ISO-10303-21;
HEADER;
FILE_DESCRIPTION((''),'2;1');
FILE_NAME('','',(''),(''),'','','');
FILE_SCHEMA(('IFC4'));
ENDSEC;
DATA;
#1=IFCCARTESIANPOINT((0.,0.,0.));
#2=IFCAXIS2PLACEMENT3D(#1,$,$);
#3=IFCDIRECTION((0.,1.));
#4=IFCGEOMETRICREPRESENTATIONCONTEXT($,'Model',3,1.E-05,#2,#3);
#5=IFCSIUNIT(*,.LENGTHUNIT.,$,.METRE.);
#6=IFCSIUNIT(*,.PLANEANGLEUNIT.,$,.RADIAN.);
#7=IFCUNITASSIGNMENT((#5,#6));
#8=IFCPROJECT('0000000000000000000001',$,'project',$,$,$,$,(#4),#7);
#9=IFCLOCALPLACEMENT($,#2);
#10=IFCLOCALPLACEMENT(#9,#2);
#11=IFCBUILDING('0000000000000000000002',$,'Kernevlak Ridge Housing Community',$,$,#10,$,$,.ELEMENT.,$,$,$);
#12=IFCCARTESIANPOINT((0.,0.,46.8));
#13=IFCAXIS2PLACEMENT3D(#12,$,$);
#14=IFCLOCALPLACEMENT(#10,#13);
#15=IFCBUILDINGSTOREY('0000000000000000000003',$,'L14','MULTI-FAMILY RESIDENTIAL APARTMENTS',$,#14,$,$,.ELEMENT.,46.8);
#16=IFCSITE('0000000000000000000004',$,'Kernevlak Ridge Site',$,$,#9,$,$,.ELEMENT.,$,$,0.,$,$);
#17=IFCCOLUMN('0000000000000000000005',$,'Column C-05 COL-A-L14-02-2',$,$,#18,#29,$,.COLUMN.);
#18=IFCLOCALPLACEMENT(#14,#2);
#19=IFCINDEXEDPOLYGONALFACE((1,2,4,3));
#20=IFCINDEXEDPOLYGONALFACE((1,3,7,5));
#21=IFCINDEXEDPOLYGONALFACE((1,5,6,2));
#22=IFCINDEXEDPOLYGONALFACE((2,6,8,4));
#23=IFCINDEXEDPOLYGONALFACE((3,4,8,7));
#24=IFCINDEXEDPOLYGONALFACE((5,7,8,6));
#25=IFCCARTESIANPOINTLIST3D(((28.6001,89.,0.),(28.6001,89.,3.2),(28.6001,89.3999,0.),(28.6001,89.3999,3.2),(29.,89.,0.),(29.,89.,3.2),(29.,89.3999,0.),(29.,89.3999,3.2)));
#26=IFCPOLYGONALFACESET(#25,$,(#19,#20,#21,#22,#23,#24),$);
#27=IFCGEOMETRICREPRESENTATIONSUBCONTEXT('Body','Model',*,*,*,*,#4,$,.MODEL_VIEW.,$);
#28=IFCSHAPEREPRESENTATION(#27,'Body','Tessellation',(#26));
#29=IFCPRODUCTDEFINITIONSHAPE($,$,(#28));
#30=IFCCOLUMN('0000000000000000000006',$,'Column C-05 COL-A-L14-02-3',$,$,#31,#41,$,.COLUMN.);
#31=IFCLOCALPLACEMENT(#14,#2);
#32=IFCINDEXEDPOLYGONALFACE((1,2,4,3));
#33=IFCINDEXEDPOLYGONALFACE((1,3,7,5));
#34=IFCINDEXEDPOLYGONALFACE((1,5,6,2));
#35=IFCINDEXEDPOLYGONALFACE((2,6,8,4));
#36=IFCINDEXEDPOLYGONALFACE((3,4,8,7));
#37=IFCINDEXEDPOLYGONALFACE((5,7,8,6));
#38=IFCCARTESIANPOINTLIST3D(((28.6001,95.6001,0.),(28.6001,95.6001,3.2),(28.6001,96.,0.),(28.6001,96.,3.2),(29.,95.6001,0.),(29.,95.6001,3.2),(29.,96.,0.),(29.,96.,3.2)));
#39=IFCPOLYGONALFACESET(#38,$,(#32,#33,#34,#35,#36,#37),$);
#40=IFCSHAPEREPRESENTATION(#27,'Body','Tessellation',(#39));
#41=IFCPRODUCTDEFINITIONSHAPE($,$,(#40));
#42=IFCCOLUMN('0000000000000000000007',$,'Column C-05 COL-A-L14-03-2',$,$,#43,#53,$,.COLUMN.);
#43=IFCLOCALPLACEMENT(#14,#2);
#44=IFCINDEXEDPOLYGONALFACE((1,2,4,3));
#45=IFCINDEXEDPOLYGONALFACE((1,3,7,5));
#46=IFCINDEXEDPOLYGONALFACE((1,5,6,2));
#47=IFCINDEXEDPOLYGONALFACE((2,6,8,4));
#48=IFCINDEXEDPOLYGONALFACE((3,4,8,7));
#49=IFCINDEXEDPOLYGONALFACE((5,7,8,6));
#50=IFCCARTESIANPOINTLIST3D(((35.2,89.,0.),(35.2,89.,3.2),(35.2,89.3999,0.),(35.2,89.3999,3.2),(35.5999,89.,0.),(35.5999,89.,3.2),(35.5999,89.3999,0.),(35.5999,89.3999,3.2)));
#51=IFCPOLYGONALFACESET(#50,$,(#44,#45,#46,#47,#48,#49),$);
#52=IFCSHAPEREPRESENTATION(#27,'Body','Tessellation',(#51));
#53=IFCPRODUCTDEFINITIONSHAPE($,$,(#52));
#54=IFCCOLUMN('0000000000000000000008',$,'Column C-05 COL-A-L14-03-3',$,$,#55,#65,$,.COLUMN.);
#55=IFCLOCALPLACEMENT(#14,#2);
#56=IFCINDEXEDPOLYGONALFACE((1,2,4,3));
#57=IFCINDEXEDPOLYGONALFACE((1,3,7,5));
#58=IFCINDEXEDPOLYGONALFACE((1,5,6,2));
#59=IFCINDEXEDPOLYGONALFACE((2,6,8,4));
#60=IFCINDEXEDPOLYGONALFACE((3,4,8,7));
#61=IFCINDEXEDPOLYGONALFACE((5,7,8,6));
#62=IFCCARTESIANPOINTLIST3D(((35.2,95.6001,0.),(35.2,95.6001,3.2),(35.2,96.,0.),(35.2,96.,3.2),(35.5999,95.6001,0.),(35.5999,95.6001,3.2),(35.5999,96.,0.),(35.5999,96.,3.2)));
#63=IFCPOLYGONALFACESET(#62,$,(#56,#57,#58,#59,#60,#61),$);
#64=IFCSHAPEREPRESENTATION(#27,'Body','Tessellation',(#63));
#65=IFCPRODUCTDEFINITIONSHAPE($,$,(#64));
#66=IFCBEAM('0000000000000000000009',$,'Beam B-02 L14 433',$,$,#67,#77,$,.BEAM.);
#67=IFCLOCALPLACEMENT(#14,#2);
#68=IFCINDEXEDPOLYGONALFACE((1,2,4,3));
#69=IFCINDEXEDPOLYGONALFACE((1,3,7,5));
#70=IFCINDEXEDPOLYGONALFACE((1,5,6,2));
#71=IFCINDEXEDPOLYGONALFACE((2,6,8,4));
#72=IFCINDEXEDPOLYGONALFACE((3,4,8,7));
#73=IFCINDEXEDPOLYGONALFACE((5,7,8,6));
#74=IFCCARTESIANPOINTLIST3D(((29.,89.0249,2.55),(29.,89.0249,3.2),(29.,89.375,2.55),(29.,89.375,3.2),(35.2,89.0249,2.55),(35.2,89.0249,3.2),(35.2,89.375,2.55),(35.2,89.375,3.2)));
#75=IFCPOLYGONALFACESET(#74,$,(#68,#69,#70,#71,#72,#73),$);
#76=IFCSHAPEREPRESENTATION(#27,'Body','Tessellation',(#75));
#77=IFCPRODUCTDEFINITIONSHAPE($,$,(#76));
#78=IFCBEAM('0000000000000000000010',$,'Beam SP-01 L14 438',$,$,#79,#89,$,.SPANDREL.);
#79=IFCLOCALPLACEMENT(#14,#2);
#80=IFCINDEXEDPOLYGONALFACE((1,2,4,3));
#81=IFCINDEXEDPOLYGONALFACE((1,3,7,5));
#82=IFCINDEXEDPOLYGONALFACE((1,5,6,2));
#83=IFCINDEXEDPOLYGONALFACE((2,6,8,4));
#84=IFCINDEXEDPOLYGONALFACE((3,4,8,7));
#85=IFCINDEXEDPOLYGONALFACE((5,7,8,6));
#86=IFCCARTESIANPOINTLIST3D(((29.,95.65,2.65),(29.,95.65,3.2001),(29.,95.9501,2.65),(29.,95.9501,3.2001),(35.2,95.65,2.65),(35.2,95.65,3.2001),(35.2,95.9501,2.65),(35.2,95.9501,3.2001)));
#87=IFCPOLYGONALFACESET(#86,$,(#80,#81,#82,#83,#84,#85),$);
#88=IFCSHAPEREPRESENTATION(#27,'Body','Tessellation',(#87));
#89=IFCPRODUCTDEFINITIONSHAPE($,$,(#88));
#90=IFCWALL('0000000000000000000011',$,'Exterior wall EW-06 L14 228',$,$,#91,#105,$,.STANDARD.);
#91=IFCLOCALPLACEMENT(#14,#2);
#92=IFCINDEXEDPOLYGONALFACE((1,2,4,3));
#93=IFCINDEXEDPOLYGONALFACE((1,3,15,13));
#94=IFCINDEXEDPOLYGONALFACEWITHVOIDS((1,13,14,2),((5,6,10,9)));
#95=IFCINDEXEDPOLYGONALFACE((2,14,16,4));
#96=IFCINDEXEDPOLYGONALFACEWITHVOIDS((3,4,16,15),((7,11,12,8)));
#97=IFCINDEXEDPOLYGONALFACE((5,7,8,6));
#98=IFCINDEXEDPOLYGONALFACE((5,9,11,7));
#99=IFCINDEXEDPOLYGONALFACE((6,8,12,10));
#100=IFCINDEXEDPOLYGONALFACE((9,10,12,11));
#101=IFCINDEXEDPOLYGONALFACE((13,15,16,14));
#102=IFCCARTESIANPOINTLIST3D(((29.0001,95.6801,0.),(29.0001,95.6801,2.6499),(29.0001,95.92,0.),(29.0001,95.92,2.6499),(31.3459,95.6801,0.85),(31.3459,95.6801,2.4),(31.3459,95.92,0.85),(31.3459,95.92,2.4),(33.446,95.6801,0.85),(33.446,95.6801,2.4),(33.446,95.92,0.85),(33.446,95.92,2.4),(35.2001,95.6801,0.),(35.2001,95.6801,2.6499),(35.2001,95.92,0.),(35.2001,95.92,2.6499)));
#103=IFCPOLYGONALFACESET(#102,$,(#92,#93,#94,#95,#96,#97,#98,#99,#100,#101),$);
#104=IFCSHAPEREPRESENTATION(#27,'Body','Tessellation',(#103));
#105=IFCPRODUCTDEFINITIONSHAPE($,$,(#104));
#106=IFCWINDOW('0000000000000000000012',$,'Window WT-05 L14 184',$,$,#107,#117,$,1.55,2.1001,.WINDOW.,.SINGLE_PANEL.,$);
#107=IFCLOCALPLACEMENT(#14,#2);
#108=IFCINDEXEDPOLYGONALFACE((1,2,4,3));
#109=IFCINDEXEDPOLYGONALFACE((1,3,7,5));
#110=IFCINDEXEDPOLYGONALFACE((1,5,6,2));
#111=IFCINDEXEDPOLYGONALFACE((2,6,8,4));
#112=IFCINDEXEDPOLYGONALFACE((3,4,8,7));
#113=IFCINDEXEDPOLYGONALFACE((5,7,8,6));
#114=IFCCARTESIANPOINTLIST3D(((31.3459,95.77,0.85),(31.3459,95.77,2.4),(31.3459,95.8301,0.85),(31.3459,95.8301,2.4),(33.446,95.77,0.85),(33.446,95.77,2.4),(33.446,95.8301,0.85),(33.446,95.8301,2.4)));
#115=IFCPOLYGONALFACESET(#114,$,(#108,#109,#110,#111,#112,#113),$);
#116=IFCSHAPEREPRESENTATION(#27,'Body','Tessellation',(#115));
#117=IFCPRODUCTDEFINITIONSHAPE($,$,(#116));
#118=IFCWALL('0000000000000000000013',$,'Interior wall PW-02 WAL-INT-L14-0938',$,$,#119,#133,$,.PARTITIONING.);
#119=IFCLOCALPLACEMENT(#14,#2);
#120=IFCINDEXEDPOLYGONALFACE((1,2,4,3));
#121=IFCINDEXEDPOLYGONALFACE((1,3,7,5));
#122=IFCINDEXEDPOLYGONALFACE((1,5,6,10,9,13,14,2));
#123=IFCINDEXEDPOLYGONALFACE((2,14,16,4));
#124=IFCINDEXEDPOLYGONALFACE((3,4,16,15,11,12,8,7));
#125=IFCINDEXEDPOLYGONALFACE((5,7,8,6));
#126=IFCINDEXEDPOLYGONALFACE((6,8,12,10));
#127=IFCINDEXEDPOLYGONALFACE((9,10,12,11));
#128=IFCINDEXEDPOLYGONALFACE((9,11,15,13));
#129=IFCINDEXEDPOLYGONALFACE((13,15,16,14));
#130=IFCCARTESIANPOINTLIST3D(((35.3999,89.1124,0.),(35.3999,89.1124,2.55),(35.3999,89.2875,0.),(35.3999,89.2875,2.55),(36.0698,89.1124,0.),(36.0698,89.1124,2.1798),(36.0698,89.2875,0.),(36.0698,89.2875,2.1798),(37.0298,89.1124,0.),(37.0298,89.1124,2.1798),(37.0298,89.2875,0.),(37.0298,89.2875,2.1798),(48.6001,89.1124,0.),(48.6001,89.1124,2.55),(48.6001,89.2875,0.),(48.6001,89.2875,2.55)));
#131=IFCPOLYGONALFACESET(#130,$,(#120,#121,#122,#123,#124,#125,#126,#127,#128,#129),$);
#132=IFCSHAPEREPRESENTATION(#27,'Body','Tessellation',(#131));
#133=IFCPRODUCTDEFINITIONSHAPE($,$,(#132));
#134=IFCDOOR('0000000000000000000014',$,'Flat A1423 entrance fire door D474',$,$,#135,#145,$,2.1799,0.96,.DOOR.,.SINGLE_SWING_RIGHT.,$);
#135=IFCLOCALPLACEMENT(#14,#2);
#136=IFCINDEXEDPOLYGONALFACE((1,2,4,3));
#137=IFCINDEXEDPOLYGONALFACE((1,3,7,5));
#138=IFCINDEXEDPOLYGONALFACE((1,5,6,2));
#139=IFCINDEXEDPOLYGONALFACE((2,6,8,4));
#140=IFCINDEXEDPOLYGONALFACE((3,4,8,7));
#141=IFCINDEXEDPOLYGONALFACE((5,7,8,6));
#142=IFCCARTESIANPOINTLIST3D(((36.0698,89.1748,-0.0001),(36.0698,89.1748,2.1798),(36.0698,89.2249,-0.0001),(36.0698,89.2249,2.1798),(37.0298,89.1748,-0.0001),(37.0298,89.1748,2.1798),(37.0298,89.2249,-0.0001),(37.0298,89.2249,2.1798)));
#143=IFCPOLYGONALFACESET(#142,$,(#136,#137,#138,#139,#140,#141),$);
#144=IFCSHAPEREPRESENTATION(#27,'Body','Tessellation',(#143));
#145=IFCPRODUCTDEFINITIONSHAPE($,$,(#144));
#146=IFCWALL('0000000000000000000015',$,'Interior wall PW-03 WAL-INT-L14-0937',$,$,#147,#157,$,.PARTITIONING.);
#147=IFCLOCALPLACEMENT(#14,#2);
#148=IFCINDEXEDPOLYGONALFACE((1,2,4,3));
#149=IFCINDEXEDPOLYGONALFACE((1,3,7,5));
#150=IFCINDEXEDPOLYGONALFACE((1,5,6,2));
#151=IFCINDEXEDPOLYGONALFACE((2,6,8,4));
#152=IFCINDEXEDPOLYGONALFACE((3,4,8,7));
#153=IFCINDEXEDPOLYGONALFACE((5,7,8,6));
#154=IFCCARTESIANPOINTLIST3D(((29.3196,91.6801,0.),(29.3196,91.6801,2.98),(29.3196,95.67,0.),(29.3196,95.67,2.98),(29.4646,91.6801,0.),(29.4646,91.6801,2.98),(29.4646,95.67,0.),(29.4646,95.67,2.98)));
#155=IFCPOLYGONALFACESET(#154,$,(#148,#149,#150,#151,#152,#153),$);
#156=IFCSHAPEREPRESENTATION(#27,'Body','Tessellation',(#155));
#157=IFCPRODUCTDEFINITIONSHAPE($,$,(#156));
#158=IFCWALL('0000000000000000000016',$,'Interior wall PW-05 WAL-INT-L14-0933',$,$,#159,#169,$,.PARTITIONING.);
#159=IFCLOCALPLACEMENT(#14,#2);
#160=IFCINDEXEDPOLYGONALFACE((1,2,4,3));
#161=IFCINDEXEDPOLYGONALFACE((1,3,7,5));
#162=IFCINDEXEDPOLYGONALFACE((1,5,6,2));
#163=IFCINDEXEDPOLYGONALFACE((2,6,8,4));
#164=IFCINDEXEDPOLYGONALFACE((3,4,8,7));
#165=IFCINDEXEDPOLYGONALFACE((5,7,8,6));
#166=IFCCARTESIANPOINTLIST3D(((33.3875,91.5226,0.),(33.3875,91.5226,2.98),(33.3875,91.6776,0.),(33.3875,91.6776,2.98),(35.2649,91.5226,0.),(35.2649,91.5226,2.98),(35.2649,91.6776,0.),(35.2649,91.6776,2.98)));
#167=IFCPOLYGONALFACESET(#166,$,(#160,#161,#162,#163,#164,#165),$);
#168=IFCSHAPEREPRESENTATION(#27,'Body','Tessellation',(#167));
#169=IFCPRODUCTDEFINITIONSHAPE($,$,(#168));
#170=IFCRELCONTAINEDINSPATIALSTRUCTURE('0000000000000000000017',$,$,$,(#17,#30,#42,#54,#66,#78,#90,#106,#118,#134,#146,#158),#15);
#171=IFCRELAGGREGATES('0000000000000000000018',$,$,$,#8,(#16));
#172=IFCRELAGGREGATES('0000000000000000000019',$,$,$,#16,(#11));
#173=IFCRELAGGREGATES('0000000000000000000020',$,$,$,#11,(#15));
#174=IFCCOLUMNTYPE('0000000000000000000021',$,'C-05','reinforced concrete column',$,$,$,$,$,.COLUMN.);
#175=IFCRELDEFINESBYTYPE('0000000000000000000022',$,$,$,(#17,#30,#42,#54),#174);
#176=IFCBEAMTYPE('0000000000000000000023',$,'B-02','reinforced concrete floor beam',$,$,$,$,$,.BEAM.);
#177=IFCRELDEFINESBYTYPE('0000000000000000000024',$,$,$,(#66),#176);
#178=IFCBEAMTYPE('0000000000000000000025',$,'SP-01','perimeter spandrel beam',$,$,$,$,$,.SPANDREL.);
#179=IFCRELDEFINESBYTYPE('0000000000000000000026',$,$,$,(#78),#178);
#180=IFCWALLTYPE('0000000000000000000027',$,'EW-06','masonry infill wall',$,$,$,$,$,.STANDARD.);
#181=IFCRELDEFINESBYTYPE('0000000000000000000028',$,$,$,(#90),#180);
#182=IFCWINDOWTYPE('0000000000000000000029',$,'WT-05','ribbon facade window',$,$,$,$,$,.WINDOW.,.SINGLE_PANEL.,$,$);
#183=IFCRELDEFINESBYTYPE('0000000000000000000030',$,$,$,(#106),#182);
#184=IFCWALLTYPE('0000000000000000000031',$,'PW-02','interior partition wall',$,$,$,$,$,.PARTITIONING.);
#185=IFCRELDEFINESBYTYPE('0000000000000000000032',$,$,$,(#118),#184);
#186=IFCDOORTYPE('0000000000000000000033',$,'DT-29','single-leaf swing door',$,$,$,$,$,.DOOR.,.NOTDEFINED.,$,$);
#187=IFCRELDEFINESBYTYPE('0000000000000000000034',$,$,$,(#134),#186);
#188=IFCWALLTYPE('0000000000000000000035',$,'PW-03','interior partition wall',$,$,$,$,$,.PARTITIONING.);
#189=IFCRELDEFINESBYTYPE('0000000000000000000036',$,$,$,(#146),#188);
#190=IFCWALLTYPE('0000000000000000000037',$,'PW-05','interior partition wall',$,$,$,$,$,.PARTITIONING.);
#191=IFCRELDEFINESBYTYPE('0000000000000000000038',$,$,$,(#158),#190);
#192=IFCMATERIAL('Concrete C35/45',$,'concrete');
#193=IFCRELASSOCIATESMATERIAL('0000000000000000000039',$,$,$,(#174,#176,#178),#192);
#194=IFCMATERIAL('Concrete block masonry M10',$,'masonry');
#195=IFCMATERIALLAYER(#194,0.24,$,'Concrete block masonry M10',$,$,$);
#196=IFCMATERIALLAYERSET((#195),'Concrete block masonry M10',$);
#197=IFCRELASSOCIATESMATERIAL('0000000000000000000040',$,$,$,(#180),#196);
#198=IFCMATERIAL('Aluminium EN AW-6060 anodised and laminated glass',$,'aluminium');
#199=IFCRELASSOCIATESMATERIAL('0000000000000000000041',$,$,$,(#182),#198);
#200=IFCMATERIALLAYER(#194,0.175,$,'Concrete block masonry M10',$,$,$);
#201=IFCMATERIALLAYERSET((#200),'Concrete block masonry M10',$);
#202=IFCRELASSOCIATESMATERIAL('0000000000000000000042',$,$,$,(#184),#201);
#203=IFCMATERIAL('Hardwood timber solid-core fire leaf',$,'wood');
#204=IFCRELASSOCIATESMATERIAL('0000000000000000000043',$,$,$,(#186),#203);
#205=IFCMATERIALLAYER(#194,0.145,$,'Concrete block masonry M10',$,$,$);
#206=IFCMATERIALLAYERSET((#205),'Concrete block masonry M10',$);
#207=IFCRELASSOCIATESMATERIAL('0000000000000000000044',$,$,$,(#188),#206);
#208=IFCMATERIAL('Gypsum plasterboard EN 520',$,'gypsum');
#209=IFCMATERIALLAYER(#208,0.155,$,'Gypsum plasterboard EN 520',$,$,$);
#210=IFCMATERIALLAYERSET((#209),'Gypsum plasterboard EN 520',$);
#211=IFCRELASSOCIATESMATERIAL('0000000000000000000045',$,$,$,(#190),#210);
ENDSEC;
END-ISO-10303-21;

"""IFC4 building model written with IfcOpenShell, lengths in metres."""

from ifc_helpers import new_model, si_unit, direction, frame, frame_2d, origin, origin_2d, place, context, subcontext, project, spatial, rectangle, extrude, material, layer, layer_set, material_profile, profile_set, type_object, element, fill, save


model = new_model("IFC4")

# Units and contexts
model_context = context("Model", 3, precision=1e-05, world=origin(), true_north=direction((0.0, 1.0)))
body_context = subcontext(model_context, "Body", "Model", "MODEL_VIEW")
ifc_project = project(units=[si_unit("LENGTHUNIT", "METRE"), si_unit("PLANEANGLEUNIT", "RADIAN")], contexts=[model_context])

# Site, building, storey
site_placement = place(None, origin())
site = spatial("IfcSite", under=ifc_project, at=site_placement, Name="Kernevlak Ridge Site", CompositionType="ELEMENT", RefElevation=0.0)
building_placement = place(site_placement, origin())
building = spatial("IfcBuilding", under=site, at=building_placement, Name="Kernevlak Ridge Housing Community", CompositionType="ELEMENT")
storey_placement = place(building_placement, frame((0.0, 0.0, 46.8)))
storey = spatial("IfcBuildingStorey", under=building, at=storey_placement, Name="L14", Description="MULTI-FAMILY RESIDENTIAL APARTMENTS", CompositionType="ELEMENT", Elevation=46.8)

# Columns
ifc_material_1 = material(Name="Concrete C35/45", Category="concrete")
ifc_material_profile_1 = material_profile(ifc_material_1, rectangle(XDim=0.3999, YDim=0.3999, at=origin_2d()), Name="RC 400x400")
ifc_profile_set_1 = profile_set([ifc_material_profile_1], Name="Concrete C35/45")
column_type = type_object("IfcColumnType", Name="C-05", Description="reinforced concrete column", PredefinedType="COLUMN", material=ifc_profile_set_1)
for number, where, z_axis, x_axis, name in (
    (1, (28.8, 89.2, 0.0), (0.0, 0.0, 1.0), (1.0, 0.0, 0.0), "Column C-05 COL-A-L14-02-2"),
    (2, (28.8, 95.8, 0.0), (0.0, 0.0, 1.0), (1.0, 0.0, 0.0), "Column C-05 COL-A-L14-02-3"),
    (3, (35.3999, 89.2, 0.0), (0.0, 0.0, 1.0), (1.0, 0.0, 0.0), "Column C-05 COL-A-L14-03-2"),
    (4, (35.3999, 95.8, 0.0), (0.0, 0.0, 1.0), (1.0, 0.0, 0.0), "Column C-05 COL-A-L14-03-3"),
):
    element("IfcColumn", number, at=place(storey_placement, frame(where, z_axis=z_axis, x_axis=x_axis)), inside=storey, type_object=column_type, Name=name, PredefinedType="COLUMN", context=body_context, shape_type="SweptSolid", body=[
        extrude(rectangle(XDim=0.3999, YDim=0.3999, at=origin_2d()), origin(), (0.0, 0.0, 1.0), 3.2),
    ])

# Beams
ifc_material_profile_2 = material_profile(ifc_material_1, rectangle(XDim=0.3501, YDim=0.6499, at=origin_2d()), Name="RC 350x650")
ifc_profile_set_2 = profile_set([ifc_material_profile_2], Name="Concrete C35/45")
beam_type_1 = type_object("IfcBeamType", Name="B-02", Description="reinforced concrete floor beam", PredefinedType="BEAM", material=ifc_profile_set_2)
beam_1_placement = place(storey_placement, frame((29.0, 89.2, 2.875), z_axis=(1.0, 0.0, 0.0), x_axis=(0.0, 1.0, 0.0)))
element("IfcBeam", 5, at=beam_1_placement, inside=storey, type_object=beam_type_1, Name="Beam B-02 L14 433", PredefinedType="BEAM", context=body_context, shape_type="SweptSolid", body=[
    extrude(rectangle(XDim=0.3501, YDim=0.6499, at=origin_2d()), origin(), (0.0, 0.0, 1.0), 6.2),
])
ifc_material_profile_3 = material_profile(ifc_material_1, rectangle(XDim=0.3, YDim=0.55, at=origin_2d()), Name="RC 300x550")
ifc_profile_set_3 = profile_set([ifc_material_profile_3], Name="Concrete C35/45")
beam_type_2 = type_object("IfcBeamType", Name="SP-01", Description="perimeter spandrel beam", PredefinedType="SPANDREL", material=ifc_profile_set_3)
beam_2_placement = place(storey_placement, frame((29.0, 95.8, 2.925), z_axis=(1.0, 0.0, 0.0), x_axis=(0.0, 1.0, 0.0)))
element("IfcBeam", 6, at=beam_2_placement, inside=storey, type_object=beam_type_2, Name="Beam SP-01 L14 438", PredefinedType="SPANDREL", context=body_context, shape_type="SweptSolid", body=[
    extrude(rectangle(XDim=0.3, YDim=0.55, at=origin_2d()), origin(), (0.0, 0.0, 1.0), 6.2),
])

# Wall, opening, window
ifc_material_2 = material(Name="Concrete block masonry M10", Category="masonry")
ifc_layer_1 = layer(ifc_material_2, 0.24, Name="Concrete block masonry M10")
ifc_layer_set_1 = layer_set([ifc_layer_1], Name="Concrete block masonry M10")
wall_type_1 = type_object("IfcWallType", Name="EW-06", Description="masonry infill wall", PredefinedType="STANDARD", material=ifc_layer_set_1)
wall_1_placement = place(storey_placement, frame((29.0, 95.8, 0.0), z_axis=(0.0, 0.0, 1.0), x_axis=(1.0, 0.0, 0.0)))
wall_1 = element("IfcWall", 7, at=wall_1_placement, inside=storey, type_object=wall_type_1, Name="Exterior wall EW-06 L14 228", PredefinedType="STANDARD", context=body_context, shape_type="SweptSolid", body=[
    extrude(rectangle(XDim=6.2, YDim=0.24, at=frame_2d((3.1001, 0.0))), origin(), (0.0, 0.0, 1.0), 2.6499),
])
opening_1_placement = place(wall_1_placement, frame((2.3459, 0.0, 0.8501)))
opening_1 = element("IfcOpeningElement", 8, at=opening_1_placement, cuts=wall_1, PredefinedType="OPENING", context=body_context, shape_type="SweptSolid", body=[
    extrude(rectangle(XDim=2.1001, YDim=1.55, at=frame_2d((1.05, 0.7749))), frame((0.0, 0.1299, 0.0), z_axis=(0.0, -1.0, 0.0), x_axis=(1.0, 0.0, 0.0)), (0.0, 0.0, 1.0), 0.26),
])
ifc_material_3 = material(Name="Aluminium EN AW-6060 anodised and laminated glass", Category="aluminium")
window_type = type_object("IfcWindowType", Name="WT-05", Description="ribbon facade window", PartitioningType="SINGLE_PANEL", PredefinedType="WINDOW", material=ifc_material_3)
window_placement = place(opening_1_placement, origin())
window = element("IfcWindow", 9, at=window_placement, inside=storey, type_object=window_type, Name="Window WT-05 L14 184", OverallHeight=1.55, OverallWidth=2.1001, PartitioningType="SINGLE_PANEL", PredefinedType="WINDOW", context=body_context, shape_type="SweptSolid", body=[
    extrude(rectangle(XDim=2.1001, YDim=1.55, at=frame_2d((1.05, 0.7749))), frame((0.0, 0.03, 0.0), z_axis=(0.0, -1.0, 0.0), x_axis=(1.0, 0.0, 0.0)), (0.0, 0.0, 1.0), 0.0601),
])
fill(opening_1, window)

# Wall, opening, door
ifc_layer_2 = layer(ifc_material_2, 0.175, Name="Concrete block masonry M10")
ifc_layer_set_2 = layer_set([ifc_layer_2], Name="Concrete block masonry M10")
wall_type_2 = type_object("IfcWallType", Name="PW-02", Description="interior partition wall", PredefinedType="PARTITIONING", material=ifc_layer_set_2)
wall_2_placement = place(storey_placement, frame((35.3999, 89.2, 0.0), z_axis=(0.0, 0.0, 1.0), x_axis=(1.0, 0.0, 0.0)))
wall_2 = element("IfcWall", 10, at=wall_2_placement, inside=storey, type_object=wall_type_2, Name="Interior wall PW-02 WAL-INT-L14-0938", PredefinedType="PARTITIONING", context=body_context, shape_type="SweptSolid", body=[
    extrude(rectangle(XDim=13.2002, YDim=0.175, at=frame_2d((6.6001, 0.0))), origin(), (0.0, 0.0, 1.0), 2.55),
])
opening_2_placement = place(wall_2_placement, frame((0.6699, 0.0, 0.0)))
opening_2 = element("IfcOpeningElement", 11, at=opening_2_placement, cuts=wall_2, PredefinedType="OPENING", context=body_context, shape_type="SweptSolid", body=[
    extrude(rectangle(XDim=0.96, YDim=2.1799, at=frame_2d((0.48, 1.0898))), frame((0.0, 0.0974, 0.0), z_axis=(0.0, -1.0, 0.0), x_axis=(1.0, 0.0, 0.0)), (0.0, 0.0, 1.0), 0.1951),
])
ifc_material_4 = material(Name="Hardwood timber solid-core fire leaf", Category="wood")
door_type_1 = type_object("IfcDoorType", Name="DT-29", Description="single-leaf swing door", OperationType="NOTDEFINED", PredefinedType="DOOR", material=ifc_material_4)
door_1_placement = place(opening_2_placement, origin())
door_1 = element("IfcDoor", 12, at=door_1_placement, inside=storey, type_object=door_type_1, Name="Flat A1423 entrance fire door D474", OperationType="SINGLE_SWING_RIGHT", OverallHeight=2.1799, OverallWidth=0.96, PredefinedType="DOOR", context=body_context, shape_type="SweptSolid", body=[
    extrude(rectangle(XDim=0.96, YDim=2.1799, at=frame_2d((0.48, 1.0898))), frame((0.0, 0.0249, 0.0), z_axis=(0.0, -1.0, 0.0), x_axis=(1.0, 0.0, 0.0)), (0.0, 0.0, 1.0), 0.05),
])
fill(opening_2, door_1)

# Wall
ifc_layer_3 = layer(ifc_material_2, 0.145, Name="Concrete block masonry M10")
ifc_layer_set_3 = layer_set([ifc_layer_3], Name="Concrete block masonry M10")
wall_type_3 = type_object("IfcWallType", Name="PW-03", Description="interior partition wall", PredefinedType="PARTITIONING", material=ifc_layer_set_3)
wall_3_placement = place(storey_placement, frame((29.3921, 91.6799, 0.0), z_axis=(0.0, 0.0, 1.0), x_axis=(0.0, 1.0, 0.0)))
element("IfcWall", 13, at=wall_3_placement, inside=storey, type_object=wall_type_3, Name="Interior wall PW-03 WAL-INT-L14-0937", PredefinedType="PARTITIONING", context=body_context, shape_type="SweptSolid", body=[
    extrude(rectangle(XDim=3.99, YDim=0.145, at=frame_2d((1.9951, 0.0))), origin(), (0.0, 0.0, 1.0), 2.98),
])

# Shared definitions
ifc_material_5 = material(Name="Gypsum plasterboard EN 520", Category="gypsum")
ifc_layer_4 = layer(ifc_material_5, 0.155, Name="Gypsum plasterboard EN 520")
ifc_layer_set_4 = layer_set([ifc_layer_4], Name="Gypsum plasterboard EN 520")
wall_type_4 = type_object("IfcWallType", Name="PW-05", Description="interior partition wall", PredefinedType="PARTITIONING", material=ifc_layer_set_4)

# Wall
wall_4_placement = place(storey_placement, frame((33.3875, 91.6001, 0.0), z_axis=(0.0, 0.0, 1.0), x_axis=(1.0, 0.0, 0.0)))
element("IfcWall", 14, at=wall_4_placement, inside=storey, type_object=wall_type_4, Name="Interior wall PW-05 WAL-INT-L14-0933", PredefinedType="PARTITIONING", context=body_context, shape_type="SweptSolid", body=[
    extrude(rectangle(XDim=1.8774, YDim=0.155, at=frame_2d((0.9387, 0.0))), origin(), (0.0, 0.0, 1.0), 2.98),
])

save(model, "model.ifc")
